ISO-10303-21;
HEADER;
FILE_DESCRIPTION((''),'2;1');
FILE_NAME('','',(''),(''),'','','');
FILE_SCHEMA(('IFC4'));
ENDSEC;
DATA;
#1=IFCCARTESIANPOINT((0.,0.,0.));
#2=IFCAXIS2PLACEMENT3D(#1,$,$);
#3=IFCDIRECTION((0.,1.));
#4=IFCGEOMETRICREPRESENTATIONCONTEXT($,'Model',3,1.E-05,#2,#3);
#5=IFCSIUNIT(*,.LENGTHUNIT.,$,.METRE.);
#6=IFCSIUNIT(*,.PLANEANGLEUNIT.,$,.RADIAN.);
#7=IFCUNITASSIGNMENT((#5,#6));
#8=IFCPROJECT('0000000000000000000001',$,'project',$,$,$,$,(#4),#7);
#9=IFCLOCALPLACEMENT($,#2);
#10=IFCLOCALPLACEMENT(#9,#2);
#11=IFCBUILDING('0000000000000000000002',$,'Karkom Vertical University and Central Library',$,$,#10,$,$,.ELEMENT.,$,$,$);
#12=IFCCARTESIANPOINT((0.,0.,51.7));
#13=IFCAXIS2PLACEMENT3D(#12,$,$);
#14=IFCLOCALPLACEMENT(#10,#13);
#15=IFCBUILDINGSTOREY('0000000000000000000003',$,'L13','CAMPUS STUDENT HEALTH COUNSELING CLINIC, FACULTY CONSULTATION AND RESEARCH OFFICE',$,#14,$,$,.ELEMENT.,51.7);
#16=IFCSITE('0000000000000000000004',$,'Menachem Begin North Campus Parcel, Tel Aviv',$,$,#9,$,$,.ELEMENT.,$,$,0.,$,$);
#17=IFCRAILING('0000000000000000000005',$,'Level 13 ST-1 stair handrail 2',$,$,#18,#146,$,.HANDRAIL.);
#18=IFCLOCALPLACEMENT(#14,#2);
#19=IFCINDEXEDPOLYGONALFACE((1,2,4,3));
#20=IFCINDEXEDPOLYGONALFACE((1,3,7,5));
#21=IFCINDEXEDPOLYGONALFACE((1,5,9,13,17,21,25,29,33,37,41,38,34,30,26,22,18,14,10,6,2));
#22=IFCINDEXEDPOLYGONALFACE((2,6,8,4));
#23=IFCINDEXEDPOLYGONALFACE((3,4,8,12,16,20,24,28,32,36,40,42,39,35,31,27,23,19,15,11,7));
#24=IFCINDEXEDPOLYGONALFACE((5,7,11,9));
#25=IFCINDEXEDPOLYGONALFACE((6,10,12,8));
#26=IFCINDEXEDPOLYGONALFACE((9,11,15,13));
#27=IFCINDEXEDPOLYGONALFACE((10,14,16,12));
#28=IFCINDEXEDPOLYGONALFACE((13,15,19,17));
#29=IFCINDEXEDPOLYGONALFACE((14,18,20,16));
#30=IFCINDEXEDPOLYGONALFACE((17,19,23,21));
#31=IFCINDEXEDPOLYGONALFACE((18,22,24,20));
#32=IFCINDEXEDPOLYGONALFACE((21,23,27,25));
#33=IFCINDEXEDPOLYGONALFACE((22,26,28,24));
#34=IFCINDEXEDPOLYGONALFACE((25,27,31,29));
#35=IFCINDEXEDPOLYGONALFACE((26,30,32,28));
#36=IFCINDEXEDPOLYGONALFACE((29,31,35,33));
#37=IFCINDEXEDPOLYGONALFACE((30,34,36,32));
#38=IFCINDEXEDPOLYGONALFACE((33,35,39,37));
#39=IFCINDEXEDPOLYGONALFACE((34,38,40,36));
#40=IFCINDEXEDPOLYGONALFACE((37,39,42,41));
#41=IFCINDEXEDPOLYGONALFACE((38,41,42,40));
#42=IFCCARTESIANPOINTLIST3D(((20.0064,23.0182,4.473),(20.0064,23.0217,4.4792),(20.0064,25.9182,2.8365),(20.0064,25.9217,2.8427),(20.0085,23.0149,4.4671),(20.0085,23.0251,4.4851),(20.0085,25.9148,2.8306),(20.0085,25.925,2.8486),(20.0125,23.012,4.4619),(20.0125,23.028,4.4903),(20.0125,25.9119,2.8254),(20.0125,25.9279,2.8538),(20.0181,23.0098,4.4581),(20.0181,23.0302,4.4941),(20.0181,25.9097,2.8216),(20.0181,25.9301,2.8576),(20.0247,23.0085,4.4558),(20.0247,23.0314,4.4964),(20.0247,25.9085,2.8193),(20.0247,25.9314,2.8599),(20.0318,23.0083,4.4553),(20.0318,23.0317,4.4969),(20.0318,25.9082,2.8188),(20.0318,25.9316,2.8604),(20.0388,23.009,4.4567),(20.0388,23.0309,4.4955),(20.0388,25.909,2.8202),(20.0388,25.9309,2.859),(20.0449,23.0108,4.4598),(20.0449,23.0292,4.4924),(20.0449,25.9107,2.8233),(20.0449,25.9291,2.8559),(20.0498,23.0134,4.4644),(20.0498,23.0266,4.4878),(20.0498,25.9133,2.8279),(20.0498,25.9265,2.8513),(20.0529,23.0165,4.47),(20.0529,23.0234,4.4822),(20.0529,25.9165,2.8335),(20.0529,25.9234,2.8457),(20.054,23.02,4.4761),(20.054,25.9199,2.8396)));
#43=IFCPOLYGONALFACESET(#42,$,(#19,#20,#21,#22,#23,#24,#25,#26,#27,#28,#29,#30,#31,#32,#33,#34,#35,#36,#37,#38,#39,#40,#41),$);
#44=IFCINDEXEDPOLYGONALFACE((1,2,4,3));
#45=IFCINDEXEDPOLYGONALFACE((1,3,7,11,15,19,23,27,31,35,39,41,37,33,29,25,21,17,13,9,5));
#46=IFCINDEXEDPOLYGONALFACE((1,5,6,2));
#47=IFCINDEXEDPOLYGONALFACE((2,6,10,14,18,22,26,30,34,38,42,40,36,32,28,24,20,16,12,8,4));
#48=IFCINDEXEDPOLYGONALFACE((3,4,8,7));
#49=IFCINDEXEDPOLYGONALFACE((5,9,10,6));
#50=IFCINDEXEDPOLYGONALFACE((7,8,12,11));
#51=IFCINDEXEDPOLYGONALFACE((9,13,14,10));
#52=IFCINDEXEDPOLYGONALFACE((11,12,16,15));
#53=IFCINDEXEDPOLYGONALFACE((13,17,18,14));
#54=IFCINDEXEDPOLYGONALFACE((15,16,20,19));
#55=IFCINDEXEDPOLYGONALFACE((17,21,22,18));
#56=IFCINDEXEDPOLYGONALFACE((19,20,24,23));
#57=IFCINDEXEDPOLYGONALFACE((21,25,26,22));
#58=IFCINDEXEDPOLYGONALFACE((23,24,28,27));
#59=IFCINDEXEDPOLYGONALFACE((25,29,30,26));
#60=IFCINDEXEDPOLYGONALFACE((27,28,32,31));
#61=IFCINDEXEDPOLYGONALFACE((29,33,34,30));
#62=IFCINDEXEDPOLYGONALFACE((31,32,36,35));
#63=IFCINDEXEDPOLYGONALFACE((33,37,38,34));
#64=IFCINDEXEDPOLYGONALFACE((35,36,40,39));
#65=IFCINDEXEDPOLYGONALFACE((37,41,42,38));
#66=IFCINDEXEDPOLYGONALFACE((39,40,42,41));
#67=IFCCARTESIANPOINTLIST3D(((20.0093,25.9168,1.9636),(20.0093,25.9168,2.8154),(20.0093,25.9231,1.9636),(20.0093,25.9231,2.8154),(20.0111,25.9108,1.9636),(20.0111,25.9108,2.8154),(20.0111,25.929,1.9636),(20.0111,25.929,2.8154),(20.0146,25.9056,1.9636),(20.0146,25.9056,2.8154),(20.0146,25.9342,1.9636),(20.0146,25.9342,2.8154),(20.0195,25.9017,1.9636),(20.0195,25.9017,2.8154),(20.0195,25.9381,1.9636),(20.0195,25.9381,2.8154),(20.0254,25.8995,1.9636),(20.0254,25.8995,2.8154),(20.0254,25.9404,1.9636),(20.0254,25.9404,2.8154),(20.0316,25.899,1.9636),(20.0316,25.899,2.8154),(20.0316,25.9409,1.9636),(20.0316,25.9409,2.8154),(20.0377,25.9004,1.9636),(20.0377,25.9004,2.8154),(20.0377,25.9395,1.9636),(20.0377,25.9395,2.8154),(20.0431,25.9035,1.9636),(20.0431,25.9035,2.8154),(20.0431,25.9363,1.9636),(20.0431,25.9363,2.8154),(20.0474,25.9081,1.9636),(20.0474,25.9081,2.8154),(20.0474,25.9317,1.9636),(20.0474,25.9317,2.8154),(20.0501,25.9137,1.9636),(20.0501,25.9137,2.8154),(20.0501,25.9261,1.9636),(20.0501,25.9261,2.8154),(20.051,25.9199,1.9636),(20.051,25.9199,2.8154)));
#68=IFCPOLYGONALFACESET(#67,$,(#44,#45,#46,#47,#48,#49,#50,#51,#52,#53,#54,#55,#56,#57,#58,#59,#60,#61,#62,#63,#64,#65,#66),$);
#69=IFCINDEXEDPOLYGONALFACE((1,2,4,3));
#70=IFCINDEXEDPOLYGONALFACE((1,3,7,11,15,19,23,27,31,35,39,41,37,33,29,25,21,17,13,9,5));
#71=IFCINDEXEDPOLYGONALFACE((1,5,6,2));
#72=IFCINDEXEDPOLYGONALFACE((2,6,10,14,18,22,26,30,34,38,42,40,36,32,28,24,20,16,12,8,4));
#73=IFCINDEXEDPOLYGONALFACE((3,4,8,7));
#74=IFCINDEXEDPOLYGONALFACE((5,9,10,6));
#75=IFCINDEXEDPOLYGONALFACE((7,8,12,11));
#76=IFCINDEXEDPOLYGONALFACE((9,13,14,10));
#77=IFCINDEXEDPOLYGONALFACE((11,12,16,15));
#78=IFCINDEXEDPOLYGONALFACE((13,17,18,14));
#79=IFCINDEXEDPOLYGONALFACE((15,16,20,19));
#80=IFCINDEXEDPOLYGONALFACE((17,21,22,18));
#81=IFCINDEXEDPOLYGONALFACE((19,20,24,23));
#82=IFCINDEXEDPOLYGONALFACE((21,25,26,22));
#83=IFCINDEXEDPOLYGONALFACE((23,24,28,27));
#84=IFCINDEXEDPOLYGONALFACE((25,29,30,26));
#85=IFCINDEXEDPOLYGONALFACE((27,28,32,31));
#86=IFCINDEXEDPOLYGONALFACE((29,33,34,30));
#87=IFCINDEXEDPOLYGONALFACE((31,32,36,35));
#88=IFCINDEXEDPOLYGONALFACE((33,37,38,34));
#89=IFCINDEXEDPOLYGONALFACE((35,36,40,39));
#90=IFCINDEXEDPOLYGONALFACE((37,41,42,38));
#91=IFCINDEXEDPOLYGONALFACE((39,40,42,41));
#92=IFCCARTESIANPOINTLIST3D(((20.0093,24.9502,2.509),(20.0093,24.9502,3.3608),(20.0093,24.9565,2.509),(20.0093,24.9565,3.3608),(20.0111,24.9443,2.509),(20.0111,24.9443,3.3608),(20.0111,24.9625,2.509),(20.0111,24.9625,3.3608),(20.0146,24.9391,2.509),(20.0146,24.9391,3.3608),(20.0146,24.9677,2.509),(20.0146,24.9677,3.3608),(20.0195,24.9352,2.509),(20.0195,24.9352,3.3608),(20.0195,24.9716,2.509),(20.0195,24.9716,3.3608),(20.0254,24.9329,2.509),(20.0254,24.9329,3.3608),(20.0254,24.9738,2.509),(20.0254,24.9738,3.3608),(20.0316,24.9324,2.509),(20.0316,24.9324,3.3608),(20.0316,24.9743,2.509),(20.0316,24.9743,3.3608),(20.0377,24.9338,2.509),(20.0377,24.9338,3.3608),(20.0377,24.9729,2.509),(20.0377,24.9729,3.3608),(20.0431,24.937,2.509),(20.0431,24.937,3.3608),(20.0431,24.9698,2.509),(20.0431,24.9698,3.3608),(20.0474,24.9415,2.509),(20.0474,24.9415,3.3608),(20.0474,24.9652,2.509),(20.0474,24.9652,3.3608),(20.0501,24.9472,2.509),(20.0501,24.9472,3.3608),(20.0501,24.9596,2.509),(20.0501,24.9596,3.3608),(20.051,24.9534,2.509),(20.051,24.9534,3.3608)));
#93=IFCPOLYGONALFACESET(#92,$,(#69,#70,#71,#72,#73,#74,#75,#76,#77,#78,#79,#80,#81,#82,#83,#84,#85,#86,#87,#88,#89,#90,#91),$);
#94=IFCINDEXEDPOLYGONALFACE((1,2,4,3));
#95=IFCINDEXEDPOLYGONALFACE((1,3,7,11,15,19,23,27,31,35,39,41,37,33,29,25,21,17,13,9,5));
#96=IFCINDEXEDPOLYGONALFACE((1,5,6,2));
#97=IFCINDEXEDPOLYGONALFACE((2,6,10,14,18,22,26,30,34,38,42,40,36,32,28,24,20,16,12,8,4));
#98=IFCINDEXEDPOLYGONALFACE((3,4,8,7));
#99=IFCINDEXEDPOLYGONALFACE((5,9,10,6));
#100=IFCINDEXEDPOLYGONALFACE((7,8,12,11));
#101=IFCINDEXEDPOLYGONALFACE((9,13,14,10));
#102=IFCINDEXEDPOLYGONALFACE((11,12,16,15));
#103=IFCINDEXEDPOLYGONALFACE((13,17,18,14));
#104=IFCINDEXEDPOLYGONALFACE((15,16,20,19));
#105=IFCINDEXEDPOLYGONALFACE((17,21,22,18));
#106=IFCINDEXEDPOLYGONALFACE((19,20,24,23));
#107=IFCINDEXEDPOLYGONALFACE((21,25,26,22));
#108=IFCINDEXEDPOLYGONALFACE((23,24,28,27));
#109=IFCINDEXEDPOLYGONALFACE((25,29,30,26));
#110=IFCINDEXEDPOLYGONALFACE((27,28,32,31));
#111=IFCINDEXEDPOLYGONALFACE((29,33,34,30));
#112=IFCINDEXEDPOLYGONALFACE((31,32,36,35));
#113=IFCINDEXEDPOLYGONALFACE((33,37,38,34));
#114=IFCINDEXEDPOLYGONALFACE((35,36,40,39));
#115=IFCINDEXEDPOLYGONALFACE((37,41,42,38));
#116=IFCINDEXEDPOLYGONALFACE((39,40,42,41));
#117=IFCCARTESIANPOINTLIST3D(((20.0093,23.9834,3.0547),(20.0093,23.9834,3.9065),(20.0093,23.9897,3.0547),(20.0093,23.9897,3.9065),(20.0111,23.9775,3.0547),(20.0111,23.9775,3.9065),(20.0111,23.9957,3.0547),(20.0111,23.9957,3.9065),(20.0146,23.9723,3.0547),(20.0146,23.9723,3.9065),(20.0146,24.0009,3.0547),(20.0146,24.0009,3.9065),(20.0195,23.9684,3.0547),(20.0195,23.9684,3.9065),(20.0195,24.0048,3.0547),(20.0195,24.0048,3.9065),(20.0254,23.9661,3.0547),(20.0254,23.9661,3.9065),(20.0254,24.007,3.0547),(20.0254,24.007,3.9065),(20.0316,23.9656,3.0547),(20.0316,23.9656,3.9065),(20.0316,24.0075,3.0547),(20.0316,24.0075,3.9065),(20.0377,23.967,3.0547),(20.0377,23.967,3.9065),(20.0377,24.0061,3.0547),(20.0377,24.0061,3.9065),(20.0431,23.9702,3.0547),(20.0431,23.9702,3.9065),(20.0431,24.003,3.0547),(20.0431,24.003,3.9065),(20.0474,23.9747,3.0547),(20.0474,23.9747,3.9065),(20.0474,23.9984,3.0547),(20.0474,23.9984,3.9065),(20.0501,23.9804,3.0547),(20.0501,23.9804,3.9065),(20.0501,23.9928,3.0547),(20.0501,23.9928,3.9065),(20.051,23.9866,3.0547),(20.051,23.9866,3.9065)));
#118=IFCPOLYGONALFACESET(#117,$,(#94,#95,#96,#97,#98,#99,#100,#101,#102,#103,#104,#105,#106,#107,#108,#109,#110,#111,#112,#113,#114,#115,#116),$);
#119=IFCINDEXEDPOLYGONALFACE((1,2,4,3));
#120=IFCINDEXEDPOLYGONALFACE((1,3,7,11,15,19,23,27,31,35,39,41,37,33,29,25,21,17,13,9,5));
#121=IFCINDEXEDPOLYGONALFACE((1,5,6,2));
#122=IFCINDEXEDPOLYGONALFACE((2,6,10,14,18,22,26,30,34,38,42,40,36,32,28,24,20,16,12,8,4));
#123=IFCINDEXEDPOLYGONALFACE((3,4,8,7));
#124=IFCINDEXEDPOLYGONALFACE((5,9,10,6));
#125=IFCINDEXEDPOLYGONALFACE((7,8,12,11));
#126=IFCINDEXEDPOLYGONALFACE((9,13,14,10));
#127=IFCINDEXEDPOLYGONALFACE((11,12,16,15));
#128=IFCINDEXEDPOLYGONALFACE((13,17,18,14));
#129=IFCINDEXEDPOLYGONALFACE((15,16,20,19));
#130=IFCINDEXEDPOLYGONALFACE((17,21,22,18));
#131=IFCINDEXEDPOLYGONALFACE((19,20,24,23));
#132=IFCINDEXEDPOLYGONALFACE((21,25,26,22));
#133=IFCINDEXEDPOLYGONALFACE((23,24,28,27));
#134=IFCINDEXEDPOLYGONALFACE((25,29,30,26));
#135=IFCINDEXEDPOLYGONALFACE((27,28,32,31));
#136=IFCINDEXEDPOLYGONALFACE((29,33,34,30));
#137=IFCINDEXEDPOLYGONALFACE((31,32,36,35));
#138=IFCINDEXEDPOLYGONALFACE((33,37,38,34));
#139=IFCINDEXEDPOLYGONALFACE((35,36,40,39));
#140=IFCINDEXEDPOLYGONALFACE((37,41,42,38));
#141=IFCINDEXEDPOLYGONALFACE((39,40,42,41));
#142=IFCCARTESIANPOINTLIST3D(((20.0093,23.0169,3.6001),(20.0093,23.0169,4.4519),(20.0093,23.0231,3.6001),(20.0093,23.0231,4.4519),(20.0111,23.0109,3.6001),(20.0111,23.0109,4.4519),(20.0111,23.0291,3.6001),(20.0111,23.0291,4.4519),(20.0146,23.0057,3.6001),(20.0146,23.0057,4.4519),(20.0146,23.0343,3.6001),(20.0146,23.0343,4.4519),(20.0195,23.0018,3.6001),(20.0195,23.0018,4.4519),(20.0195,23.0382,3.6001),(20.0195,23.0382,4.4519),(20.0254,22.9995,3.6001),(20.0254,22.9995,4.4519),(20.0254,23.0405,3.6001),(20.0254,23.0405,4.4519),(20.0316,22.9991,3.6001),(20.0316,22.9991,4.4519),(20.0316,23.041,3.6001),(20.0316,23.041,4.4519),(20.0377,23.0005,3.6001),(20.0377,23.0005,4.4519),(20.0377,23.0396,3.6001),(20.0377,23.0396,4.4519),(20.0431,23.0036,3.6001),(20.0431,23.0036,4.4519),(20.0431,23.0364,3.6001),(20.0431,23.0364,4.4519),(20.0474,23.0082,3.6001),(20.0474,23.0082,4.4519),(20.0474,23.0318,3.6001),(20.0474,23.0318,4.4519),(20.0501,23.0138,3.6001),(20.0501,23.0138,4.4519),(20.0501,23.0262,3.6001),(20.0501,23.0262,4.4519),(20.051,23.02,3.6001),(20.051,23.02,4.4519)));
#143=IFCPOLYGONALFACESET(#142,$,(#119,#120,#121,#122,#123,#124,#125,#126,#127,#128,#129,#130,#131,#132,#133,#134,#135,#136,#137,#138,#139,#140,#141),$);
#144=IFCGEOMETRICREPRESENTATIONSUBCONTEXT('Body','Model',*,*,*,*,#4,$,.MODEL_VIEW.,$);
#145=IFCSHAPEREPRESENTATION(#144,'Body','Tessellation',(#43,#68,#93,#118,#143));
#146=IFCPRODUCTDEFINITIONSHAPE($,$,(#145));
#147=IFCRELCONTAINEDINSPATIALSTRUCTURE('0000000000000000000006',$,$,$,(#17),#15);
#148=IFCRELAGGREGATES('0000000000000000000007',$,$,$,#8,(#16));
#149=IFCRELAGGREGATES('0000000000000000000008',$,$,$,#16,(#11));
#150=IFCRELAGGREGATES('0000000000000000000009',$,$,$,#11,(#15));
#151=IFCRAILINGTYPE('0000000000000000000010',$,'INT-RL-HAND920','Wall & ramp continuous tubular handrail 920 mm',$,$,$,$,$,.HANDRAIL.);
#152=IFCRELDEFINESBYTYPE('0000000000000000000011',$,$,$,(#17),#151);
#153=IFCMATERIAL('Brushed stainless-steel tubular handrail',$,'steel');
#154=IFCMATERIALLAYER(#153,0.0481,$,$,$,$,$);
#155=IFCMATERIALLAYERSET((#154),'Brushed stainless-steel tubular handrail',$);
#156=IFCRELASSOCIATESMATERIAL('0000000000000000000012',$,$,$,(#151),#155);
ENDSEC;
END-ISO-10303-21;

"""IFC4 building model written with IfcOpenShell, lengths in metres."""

from ifc_helpers import new_model, si_unit, direction, frame, origin, origin_2d, place, context, subcontext, project, spatial, circle, extrude, material, layer, layer_set, type_object, element, save


model = new_model("IFC4")

# Units and contexts
model_context = context("Model", 3, precision=1e-05, world=origin(), true_north=direction((0.0, 1.0)))
body_context = subcontext(model_context, "Body", "Model", "MODEL_VIEW")
ifc_project = project(units=[si_unit("LENGTHUNIT", "METRE"), si_unit("PLANEANGLEUNIT", "RADIAN")], contexts=[model_context])

# Site, building, storey
site_placement = place(None, origin())
site = spatial("IfcSite", under=ifc_project, at=site_placement, Name="Menachem Begin North Campus Parcel, Tel Aviv", CompositionType="ELEMENT", RefElevation=0.0)
building_placement = place(site_placement, origin())
building = spatial("IfcBuilding", under=site, at=building_placement, Name="Karkom Vertical University and Central Library", CompositionType="ELEMENT")
storey_placement = place(building_placement, frame((0.0, 0.0, 51.7)))
storey = spatial("IfcBuildingStorey", under=building, at=storey_placement, Name="L13", Description="CAMPUS STUDENT HEALTH COUNSELING CLINIC, FACULTY CONSULTATION AND RESEARCH OFFICE", CompositionType="ELEMENT", Elevation=51.7)

# Railing
ifc_material_1 = material(Name="Brushed stainless-steel tubular handrail", Category="steel")
ifc_layer_1 = layer(ifc_material_1, 0.0481)
ifc_layer_set_1 = layer_set([ifc_layer_1], Name="Brushed stainless-steel tubular handrail")
railing_type_1 = type_object("IfcRailingType", Name="INT-RL-HAND920", Description="Wall & ramp continuous tubular handrail 920 mm", PredefinedType="HANDRAIL", material=ifc_layer_set_1)
railing_1_placement = place(storey_placement, frame((20.03, 25.9199, 1.9636)))
element("IfcRailing", 1, at=railing_1_placement, inside=storey, type_object=railing_type_1, Name="Level 13 ST-1 stair handrail 2", PredefinedType="HANDRAIL", context=body_context, shape_type="SweptSolid", body=[
    extrude(circle(Radius=0.0239, at=origin_2d()), frame((0.0, 0.0, 0.876), z_axis=(0.0, -0.870897, 0.491465), x_axis=(1.0, 0.0, 0.0)), (0.0, 0.0, 1.0), 3.3298),
    extrude(circle(Radius=0.021, at=origin_2d()), origin(), (0.0, 0.0, 1.0), 0.8518),
    extrude(circle(Radius=0.021, at=origin_2d()), frame((0.0, -0.9666, 0.5454)), (0.0, 0.0, 1.0), 0.8518),
    extrude(circle(Radius=0.021, at=origin_2d()), frame((0.0, -1.9333, 1.0911)), (0.0, 0.0, 1.0), 0.8518),
    extrude(circle(Radius=0.021, at=origin_2d()), frame((0.0, -2.8999, 1.6365)), (0.0, 0.0, 1.0), 0.8518),
])

save(model, "model.ifc")
